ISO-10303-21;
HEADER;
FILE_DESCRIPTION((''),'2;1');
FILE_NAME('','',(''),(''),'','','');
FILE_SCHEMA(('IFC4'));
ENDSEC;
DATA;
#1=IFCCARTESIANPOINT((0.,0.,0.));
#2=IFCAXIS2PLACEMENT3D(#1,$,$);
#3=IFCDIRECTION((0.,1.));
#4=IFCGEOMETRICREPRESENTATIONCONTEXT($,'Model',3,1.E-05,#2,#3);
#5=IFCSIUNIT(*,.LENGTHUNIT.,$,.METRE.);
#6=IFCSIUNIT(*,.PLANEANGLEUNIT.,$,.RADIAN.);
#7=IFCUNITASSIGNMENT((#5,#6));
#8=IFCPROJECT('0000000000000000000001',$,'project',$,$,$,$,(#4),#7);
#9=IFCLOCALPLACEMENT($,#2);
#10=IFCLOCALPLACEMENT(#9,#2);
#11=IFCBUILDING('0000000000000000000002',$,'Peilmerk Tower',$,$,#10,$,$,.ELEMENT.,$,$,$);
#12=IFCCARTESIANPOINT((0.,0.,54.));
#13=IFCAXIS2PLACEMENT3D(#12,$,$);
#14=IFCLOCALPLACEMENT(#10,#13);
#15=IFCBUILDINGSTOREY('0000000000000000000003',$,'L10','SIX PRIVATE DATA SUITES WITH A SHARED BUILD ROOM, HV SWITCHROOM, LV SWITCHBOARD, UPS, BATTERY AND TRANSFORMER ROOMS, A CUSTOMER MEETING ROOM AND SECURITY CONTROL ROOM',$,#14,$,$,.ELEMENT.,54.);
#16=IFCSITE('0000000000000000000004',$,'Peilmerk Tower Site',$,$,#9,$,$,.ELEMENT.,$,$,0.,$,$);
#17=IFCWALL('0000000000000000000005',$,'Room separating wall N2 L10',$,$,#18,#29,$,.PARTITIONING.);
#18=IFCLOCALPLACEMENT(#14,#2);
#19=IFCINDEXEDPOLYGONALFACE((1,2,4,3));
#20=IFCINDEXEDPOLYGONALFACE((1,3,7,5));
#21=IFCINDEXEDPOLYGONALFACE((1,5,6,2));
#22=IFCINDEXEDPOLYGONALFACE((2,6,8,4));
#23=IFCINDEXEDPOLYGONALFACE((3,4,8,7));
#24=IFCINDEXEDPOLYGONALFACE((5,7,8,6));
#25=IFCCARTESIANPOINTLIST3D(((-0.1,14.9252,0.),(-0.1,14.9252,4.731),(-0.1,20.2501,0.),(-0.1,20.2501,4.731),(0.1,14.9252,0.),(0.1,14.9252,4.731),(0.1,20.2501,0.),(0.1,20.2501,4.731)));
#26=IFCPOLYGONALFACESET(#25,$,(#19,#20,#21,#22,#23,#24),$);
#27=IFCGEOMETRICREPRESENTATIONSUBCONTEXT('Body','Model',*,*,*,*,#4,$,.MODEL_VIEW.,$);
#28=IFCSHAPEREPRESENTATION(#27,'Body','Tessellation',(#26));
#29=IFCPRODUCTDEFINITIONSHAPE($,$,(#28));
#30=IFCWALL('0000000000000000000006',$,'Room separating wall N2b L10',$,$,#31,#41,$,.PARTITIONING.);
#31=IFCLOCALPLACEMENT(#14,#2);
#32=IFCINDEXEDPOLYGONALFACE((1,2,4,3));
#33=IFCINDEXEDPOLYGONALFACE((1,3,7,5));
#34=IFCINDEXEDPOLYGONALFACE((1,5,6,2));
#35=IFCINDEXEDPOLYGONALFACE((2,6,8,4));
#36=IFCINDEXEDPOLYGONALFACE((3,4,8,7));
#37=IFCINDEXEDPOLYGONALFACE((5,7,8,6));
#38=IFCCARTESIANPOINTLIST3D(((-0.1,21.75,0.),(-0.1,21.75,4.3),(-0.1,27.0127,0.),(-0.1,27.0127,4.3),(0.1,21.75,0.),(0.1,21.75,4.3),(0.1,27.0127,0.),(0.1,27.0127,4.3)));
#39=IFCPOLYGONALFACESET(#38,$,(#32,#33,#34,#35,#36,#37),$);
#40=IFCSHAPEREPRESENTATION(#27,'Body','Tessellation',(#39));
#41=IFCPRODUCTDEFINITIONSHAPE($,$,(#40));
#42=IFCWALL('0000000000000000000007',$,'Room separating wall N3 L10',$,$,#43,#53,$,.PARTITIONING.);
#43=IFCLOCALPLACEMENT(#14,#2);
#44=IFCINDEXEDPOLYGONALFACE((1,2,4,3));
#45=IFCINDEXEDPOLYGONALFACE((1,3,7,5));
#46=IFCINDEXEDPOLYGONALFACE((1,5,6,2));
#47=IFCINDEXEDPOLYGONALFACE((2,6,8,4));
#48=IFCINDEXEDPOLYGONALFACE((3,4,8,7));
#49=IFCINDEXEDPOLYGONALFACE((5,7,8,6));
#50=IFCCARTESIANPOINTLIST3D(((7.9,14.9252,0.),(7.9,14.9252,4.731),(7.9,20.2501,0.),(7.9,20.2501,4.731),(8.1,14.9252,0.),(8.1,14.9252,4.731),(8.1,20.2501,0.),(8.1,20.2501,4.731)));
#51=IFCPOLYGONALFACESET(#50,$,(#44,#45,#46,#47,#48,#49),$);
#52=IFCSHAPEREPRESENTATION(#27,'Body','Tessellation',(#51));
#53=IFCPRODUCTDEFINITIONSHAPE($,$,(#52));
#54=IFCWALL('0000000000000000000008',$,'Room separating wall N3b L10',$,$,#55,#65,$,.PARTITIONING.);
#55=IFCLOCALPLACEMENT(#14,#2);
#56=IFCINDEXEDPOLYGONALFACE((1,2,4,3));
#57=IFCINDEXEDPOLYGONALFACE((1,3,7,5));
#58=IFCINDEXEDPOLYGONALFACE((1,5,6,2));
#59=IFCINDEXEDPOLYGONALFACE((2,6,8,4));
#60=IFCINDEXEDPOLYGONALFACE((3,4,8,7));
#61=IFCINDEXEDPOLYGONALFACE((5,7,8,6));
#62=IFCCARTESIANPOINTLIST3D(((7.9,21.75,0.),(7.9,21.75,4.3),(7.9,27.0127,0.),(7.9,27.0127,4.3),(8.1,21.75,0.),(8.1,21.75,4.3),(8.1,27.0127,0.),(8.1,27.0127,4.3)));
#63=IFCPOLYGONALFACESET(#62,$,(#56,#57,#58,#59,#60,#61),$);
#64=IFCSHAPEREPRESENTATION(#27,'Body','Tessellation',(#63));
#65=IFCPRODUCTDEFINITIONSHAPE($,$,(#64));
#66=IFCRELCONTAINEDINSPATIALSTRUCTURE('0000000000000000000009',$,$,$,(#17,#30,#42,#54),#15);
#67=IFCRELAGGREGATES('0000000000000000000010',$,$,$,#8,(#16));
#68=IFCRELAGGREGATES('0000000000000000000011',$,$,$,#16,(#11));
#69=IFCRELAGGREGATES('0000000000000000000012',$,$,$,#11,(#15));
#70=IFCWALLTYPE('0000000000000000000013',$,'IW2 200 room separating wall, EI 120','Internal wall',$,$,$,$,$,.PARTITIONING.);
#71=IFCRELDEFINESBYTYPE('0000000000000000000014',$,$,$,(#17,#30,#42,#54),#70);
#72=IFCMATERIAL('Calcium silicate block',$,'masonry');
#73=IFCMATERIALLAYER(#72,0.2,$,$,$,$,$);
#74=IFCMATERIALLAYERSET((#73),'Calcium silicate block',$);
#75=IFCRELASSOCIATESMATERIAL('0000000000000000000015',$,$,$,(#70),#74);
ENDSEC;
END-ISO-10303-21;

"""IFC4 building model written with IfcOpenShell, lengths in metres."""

from ifc_helpers import new_model, si_unit, direction, frame, frame_2d, origin, place, context, subcontext, project, spatial, rectangle, extrude, material, layer, layer_set, type_object, element, save


model = new_model("IFC4")

# Units and contexts
model_context = context("Model", 3, precision=1e-05, world=origin(), true_north=direction((0.0, 1.0)))
body_context = subcontext(model_context, "Body", "Model", "MODEL_VIEW")
ifc_project = project(units=[si_unit("LENGTHUNIT", "METRE"), si_unit("PLANEANGLEUNIT", "RADIAN")], contexts=[model_context])

# Site, building, storey
site_placement = place(None, origin())
site = spatial("IfcSite", under=ifc_project, at=site_placement, Name="Peilmerk Tower Site", CompositionType="ELEMENT", RefElevation=0.0)
building_placement = place(site_placement, origin())
building = spatial("IfcBuilding", under=site, at=building_placement, Name="Peilmerk Tower", CompositionType="ELEMENT")
storey_placement = place(building_placement, frame((0.0, 0.0, 54.0)))
storey = spatial("IfcBuildingStorey", under=building, at=storey_placement, Name="L10", Description="SIX PRIVATE DATA SUITES WITH A SHARED BUILD ROOM, HV SWITCHROOM, LV SWITCHBOARD, UPS, BATTERY AND TRANSFORMER ROOMS, A CUSTOMER MEETING ROOM AND SECURITY CONTROL ROOM", CompositionType="ELEMENT", Elevation=54.0)

# Walls
ifc_material_1 = material(Name="Calcium silicate block", Category="masonry")
ifc_layer = layer(ifc_material_1, 0.2)
ifc_layer_set = layer_set([ifc_layer], Name="Calcium silicate block")
wall_type = type_object("IfcWallType", Name="IW2 200 room separating wall, EI 120", Description="Internal wall", PredefinedType="PARTITIONING", material=ifc_layer_set)
wall_1_placement = place(storey_placement, frame((0.0, 14.925, 0.0), z_axis=(0.0, 0.0, 1.0), x_axis=(0.0, 1.0, 0.0)))
element("IfcWall", 1, at=wall_1_placement, inside=storey, type_object=wall_type, Name="Room separating wall N2 L10", PredefinedType="PARTITIONING", context=body_context, shape_type="SweptSolid", body=[
    extrude(rectangle(XDim=5.325, YDim=0.2, at=frame_2d((2.6626, 0.0))), origin(), (0.0, 0.0, 1.0), 4.731),
])
wall_2_placement = place(storey_placement, frame((0.0, 21.75, 0.0), z_axis=(0.0, 0.0, 1.0), x_axis=(0.0, 1.0, 0.0)))
element("IfcWall", 2, at=wall_2_placement, inside=storey, type_object=wall_type, Name="Room separating wall N2b L10", PredefinedType="PARTITIONING", context=body_context, shape_type="SweptSolid", body=[
    extrude(rectangle(XDim=5.2627, YDim=0.2, at=frame_2d((2.6313, 0.0))), origin(), (0.0, 0.0, 1.0), 4.3),
])
wall_3_placement = place(storey_placement, frame((8.0, 14.925, 0.0), z_axis=(0.0, 0.0, 1.0), x_axis=(0.0, 1.0, 0.0)))
element("IfcWall", 3, at=wall_3_placement, inside=storey, type_object=wall_type, Name="Room separating wall N3 L10", PredefinedType="PARTITIONING", context=body_context, shape_type="SweptSolid", body=[
    extrude(rectangle(XDim=5.325, YDim=0.2, at=frame_2d((2.6626, 0.0))), origin(), (0.0, 0.0, 1.0), 4.731),
])
wall_4_placement = place(storey_placement, frame((8.0, 21.75, 0.0), z_axis=(0.0, 0.0, 1.0), x_axis=(0.0, 1.0, 0.0)))
element("IfcWall", 4, at=wall_4_placement, inside=storey, type_object=wall_type, Name="Room separating wall N3b L10", PredefinedType="PARTITIONING", context=body_context, shape_type="SweptSolid", body=[
    extrude(rectangle(XDim=5.2627, YDim=0.2, at=frame_2d((2.6313, 0.0))), origin(), (0.0, 0.0, 1.0), 4.3),
])

save(model, "model.ifc")
